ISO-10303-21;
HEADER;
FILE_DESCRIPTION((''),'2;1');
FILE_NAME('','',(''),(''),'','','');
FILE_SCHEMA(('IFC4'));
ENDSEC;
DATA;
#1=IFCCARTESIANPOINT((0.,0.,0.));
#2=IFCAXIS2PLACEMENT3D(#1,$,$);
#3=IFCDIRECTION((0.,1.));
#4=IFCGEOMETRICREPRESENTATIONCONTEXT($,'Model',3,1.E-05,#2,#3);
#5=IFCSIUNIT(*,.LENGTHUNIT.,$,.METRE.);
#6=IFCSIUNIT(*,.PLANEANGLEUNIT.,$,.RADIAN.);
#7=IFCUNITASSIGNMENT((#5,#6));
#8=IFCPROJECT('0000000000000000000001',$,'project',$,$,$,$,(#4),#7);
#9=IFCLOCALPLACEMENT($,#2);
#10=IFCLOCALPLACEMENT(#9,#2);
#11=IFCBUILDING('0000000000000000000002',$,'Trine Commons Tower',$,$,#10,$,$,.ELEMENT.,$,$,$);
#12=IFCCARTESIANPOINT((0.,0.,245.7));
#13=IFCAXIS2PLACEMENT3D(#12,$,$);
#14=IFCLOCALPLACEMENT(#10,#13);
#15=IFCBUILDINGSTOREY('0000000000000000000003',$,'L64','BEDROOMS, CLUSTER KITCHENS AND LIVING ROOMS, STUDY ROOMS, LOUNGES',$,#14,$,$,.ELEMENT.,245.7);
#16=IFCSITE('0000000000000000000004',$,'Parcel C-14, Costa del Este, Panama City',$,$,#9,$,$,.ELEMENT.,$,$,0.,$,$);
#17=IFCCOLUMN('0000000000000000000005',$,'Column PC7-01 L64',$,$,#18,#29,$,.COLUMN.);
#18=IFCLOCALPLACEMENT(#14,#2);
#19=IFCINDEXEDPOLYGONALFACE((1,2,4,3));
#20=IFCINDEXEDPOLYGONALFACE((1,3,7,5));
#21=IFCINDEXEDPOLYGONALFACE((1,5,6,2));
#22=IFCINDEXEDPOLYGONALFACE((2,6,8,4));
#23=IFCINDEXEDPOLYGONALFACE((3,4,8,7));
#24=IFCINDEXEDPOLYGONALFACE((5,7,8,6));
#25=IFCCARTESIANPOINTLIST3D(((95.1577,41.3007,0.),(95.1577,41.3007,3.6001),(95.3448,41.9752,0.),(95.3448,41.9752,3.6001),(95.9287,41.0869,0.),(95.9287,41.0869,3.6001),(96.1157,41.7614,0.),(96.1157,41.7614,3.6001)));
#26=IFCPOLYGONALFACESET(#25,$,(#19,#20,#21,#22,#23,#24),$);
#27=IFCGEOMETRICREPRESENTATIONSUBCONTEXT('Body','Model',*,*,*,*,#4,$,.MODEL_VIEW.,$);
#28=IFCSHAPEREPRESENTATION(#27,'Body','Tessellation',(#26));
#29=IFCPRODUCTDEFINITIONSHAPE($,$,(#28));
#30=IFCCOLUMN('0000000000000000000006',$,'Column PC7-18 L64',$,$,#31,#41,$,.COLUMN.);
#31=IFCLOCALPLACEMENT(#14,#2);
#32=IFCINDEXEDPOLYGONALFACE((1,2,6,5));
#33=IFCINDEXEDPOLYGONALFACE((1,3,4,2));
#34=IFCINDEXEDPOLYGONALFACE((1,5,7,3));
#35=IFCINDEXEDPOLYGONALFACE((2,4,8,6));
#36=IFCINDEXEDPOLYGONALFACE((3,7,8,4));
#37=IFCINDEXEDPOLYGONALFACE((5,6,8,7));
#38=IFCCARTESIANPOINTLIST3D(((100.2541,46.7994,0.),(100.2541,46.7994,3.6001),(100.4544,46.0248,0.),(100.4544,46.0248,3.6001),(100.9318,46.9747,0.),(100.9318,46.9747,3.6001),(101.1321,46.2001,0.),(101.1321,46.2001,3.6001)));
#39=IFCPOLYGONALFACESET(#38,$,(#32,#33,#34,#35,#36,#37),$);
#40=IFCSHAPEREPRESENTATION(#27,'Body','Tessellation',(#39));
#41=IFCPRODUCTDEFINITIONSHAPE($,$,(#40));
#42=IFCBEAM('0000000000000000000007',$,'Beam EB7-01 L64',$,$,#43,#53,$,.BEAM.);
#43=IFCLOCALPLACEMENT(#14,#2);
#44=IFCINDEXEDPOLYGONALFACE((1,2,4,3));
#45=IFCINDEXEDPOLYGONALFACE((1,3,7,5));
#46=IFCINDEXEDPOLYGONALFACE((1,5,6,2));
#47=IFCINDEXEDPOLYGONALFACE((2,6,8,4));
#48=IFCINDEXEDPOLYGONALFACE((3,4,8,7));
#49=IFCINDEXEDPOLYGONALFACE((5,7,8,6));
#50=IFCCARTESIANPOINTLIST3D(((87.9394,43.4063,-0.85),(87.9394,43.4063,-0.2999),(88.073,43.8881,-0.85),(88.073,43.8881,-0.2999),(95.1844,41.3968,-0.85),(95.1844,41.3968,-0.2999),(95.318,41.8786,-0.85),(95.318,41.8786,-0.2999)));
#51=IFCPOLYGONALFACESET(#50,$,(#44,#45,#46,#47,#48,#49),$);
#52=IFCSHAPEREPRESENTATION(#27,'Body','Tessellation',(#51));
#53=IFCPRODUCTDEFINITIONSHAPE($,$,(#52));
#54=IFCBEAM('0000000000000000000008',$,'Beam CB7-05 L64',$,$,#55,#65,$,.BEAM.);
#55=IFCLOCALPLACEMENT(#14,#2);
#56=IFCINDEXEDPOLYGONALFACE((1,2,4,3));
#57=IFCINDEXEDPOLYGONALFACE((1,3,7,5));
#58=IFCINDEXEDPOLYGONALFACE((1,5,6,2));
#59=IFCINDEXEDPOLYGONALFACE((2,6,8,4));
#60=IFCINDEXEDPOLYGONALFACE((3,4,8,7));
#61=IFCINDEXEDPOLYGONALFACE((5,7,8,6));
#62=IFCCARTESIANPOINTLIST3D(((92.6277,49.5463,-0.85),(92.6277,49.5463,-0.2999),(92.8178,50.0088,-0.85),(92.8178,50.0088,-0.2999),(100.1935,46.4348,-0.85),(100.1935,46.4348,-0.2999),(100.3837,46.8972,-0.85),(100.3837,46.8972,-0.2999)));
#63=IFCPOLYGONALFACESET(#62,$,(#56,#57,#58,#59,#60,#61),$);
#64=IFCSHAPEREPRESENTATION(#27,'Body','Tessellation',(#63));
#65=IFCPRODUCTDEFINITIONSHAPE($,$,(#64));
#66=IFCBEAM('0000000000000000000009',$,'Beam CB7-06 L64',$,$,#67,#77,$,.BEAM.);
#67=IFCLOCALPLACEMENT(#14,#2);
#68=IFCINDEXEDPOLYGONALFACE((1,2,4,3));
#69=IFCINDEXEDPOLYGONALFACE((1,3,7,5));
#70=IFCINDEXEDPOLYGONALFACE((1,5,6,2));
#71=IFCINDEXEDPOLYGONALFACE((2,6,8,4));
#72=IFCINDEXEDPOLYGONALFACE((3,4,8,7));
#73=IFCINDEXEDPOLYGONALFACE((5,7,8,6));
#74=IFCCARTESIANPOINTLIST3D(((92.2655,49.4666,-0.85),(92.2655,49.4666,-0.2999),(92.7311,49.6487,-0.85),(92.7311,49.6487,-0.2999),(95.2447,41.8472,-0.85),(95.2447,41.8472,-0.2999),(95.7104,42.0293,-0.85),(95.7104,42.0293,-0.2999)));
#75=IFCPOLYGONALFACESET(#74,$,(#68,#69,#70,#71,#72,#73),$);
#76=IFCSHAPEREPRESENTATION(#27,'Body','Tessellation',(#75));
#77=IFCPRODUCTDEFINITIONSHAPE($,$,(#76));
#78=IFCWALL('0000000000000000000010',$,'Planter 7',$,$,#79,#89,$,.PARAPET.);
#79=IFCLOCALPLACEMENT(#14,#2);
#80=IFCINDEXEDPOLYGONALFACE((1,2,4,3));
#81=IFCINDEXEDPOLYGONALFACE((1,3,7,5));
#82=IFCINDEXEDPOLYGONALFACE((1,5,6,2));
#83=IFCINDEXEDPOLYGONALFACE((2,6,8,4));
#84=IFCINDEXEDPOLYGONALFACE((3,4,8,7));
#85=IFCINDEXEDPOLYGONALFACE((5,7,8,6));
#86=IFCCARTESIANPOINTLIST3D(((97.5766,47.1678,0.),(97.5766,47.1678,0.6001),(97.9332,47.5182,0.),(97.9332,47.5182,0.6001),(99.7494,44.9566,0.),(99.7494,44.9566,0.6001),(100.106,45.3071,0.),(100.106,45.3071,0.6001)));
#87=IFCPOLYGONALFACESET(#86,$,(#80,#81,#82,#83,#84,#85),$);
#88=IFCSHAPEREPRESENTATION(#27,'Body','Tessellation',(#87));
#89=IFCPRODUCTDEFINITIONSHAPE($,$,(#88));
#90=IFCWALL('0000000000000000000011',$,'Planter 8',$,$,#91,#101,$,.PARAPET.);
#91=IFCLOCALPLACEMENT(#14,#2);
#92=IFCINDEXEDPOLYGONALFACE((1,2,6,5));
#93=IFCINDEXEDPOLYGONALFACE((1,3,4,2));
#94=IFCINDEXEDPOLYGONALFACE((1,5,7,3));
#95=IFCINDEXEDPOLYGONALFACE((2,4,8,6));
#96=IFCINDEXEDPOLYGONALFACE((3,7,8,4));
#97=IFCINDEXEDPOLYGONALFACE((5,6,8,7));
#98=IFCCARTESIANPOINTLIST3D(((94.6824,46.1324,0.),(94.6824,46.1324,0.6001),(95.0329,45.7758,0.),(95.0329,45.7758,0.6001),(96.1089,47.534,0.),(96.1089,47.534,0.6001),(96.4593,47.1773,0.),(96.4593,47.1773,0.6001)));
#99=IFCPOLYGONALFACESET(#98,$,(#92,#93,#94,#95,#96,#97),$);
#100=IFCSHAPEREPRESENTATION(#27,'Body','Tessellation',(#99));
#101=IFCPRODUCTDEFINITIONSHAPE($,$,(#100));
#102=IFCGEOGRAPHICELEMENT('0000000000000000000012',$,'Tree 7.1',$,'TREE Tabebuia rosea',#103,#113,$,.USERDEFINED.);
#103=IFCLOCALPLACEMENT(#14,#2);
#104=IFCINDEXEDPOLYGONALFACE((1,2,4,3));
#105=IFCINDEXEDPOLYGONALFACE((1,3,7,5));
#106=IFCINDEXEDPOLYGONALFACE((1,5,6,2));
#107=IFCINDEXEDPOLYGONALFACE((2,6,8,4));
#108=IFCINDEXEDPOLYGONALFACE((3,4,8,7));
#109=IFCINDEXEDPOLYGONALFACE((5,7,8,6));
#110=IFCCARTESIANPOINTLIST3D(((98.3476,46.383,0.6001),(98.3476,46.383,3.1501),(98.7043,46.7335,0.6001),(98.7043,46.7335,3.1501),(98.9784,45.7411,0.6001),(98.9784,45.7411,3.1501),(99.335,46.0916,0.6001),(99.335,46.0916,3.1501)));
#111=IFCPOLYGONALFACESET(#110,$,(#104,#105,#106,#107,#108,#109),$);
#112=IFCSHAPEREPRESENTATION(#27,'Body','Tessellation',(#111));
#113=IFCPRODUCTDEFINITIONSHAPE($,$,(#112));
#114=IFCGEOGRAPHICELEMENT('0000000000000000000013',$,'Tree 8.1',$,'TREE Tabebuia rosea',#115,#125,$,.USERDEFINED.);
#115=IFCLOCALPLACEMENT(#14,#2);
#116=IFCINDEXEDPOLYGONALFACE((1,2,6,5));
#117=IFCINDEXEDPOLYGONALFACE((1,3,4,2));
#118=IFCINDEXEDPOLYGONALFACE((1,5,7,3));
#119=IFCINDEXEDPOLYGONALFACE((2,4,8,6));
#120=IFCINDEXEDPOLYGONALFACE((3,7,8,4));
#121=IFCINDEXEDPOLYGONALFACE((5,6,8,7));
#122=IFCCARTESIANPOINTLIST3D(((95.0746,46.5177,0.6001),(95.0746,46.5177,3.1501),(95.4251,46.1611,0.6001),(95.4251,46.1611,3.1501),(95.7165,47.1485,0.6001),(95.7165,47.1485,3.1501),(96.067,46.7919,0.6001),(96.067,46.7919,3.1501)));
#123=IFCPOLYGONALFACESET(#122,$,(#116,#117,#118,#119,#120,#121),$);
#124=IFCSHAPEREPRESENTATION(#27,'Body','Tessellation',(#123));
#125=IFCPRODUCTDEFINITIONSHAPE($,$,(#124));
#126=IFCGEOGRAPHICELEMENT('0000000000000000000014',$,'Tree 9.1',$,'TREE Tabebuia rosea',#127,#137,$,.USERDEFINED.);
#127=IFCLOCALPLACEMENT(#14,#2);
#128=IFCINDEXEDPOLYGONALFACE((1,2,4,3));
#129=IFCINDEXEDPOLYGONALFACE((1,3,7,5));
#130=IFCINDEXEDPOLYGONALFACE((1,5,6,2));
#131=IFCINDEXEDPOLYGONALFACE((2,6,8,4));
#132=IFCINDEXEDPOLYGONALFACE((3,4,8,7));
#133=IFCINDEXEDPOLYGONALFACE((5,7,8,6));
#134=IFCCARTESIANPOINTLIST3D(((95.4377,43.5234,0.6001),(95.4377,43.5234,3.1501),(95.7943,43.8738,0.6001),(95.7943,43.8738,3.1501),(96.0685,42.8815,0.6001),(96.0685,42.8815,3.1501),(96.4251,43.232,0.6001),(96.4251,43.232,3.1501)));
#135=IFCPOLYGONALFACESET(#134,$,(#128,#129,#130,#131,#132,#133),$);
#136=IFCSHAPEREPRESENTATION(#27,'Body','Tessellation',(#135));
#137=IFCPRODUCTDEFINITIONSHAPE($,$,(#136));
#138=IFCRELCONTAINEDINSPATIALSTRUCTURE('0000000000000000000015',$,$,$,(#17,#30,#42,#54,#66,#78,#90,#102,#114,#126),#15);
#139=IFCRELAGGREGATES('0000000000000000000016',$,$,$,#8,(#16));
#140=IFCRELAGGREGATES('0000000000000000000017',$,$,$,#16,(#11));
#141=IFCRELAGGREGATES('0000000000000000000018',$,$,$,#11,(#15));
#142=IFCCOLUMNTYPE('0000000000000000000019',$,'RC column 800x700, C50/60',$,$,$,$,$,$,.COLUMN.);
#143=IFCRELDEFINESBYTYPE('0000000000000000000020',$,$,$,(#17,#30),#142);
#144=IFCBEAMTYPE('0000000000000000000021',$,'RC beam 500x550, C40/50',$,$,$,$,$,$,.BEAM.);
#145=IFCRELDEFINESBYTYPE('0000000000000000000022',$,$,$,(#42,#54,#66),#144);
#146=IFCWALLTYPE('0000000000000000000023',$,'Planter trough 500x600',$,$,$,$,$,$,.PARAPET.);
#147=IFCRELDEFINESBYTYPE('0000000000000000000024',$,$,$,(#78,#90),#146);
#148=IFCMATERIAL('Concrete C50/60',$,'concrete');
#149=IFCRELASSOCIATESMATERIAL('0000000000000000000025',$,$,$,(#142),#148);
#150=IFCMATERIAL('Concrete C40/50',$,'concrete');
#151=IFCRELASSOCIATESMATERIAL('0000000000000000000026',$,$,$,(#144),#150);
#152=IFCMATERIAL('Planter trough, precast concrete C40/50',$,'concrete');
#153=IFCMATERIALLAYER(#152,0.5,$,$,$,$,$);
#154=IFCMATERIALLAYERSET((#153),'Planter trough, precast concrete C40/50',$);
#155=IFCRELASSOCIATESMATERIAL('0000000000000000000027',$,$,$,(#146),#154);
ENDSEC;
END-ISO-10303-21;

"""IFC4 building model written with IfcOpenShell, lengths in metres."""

from ifc_helpers import new_model, si_unit, direction, frame, frame_2d, origin, origin_2d, place, context, subcontext, project, spatial, rectangle, extrude, material, layer, layer_set, material_profile, profile_set, type_object, element, save


model = new_model("IFC4")

# Units and contexts
model_context = context("Model", 3, precision=1e-05, world=origin(), true_north=direction((0.0, 1.0)))
body_context = subcontext(model_context, "Body", "Model", "MODEL_VIEW")
ifc_project = project(units=[si_unit("LENGTHUNIT", "METRE"), si_unit("PLANEANGLEUNIT", "RADIAN")], contexts=[model_context])

# Site, building, storey
site_placement = place(None, origin())
site = spatial("IfcSite", under=ifc_project, at=site_placement, Name="Parcel C-14, Costa del Este, Panama City", CompositionType="ELEMENT", RefElevation=0.0)
building_placement = place(site_placement, origin())
building = spatial("IfcBuilding", under=site, at=building_placement, Name="Trine Commons Tower", CompositionType="ELEMENT")
storey_placement = place(building_placement, frame((0.0, 0.0, 245.7)))
storey = spatial("IfcBuildingStorey", under=building, at=storey_placement, Name="L64", Description="BEDROOMS, CLUSTER KITCHENS AND LIVING ROOMS, STUDY ROOMS, LOUNGES", CompositionType="ELEMENT", Elevation=245.7)

# Columns
ifc_material_1 = material(Name="Concrete C50/60", Category="concrete")
ifc_material_profile_1 = material_profile(ifc_material_1, rectangle(XDim=0.8, YDim=0.7, at=origin_2d()), Name="RC 800x700")
ifc_profile_set_1 = profile_set([ifc_material_profile_1], Name="Concrete C50/60")
column_type = type_object("IfcColumnType", Name="RC column 800x700, C50/60", PredefinedType="COLUMN", material=ifc_profile_set_1)
for number, where, z_axis, x_axis, name in (
    (1, (95.6367, 41.531, 0.0), (0.0, 0.0, 1.0), (-0.96363, 0.267238, 0.0), "Column PC7-01 L64"),
    (2, (100.6931, 46.4998, 0.0), (0.0, 0.0, 1.0), (-0.25038, 0.968148, 0.0), "Column PC7-18 L64"),
):
    element("IfcColumn", number, at=place(storey_placement, frame(where, z_axis=z_axis, x_axis=x_axis)), inside=storey, type_object=column_type, Name=name, PredefinedType="COLUMN", context=body_context, shape_type="SweptSolid", body=[
        extrude(rectangle(XDim=0.8, YDim=0.7, at=origin_2d()), origin(), (0.0, 0.0, 1.0), 3.6001),
    ])

# Beams
ifc_material_2 = material(Name="Concrete C40/50", Category="concrete")
ifc_material_profile_2 = material_profile(ifc_material_2, rectangle(XDim=0.5, YDim=0.55, at=origin_2d()), Name="RC 500x550")
ifc_profile_set_2 = profile_set([ifc_material_profile_2], Name="Concrete C40/50")
beam_type = type_object("IfcBeamType", Name="RC beam 500x550, C40/50", PredefinedType="BEAM", material=ifc_profile_set_2)
beam_1_placement = place(storey_placement, frame((95.2512, 41.6377, -0.575), z_axis=(-0.963621, 0.267272, 0.0), x_axis=(-0.267272, -0.963621, 0.0)))
element("IfcBeam", 3, at=beam_1_placement, inside=storey, type_object=beam_type, Name="Beam EB7-01 L64", PredefinedType="BEAM", context=body_context, shape_type="SweptSolid", body=[
    extrude(rectangle(XDim=0.5, YDim=0.55, at=origin_2d()), origin(), (0.0, 0.0, 1.0), 7.5186),
])
beam_2_placement = place(storey_placement, frame((100.2886, 46.666, -0.575), z_axis=(-0.924842, 0.380352, 0.0), x_axis=(-0.380352, -0.924842, 0.0)))
element("IfcBeam", 4, at=beam_2_placement, inside=storey, type_object=beam_type, Name="Beam CB7-05 L64", PredefinedType="BEAM", context=body_context, shape_type="SweptSolid", body=[
    extrude(rectangle(XDim=0.5, YDim=0.55, at=origin_2d()), origin(), (0.0, 0.0, 1.0), 8.1807),
])
beam_3_placement = place(storey_placement, frame((95.4775, 41.9382, -0.575), z_axis=(-0.364161, 0.931336, 0.0), x_axis=(-0.931336, -0.364161, 0.0)))
element("IfcBeam", 5, at=beam_3_placement, inside=storey, type_object=beam_type, Name="Beam CB7-06 L64", PredefinedType="BEAM", context=body_context, shape_type="SweptSolid", body=[
    extrude(rectangle(XDim=0.5, YDim=0.55, at=origin_2d()), origin(), (0.0, 0.0, 1.0), 8.1812),
])

# Walls
ifc_material_3 = material(Name="Planter trough, precast concrete C40/50", Category="concrete")
ifc_layer = layer(ifc_material_3, 0.5)
ifc_layer_set = layer_set([ifc_layer], Name="Planter trough, precast concrete C40/50")
wall_type = type_object("IfcWallType", Name="Planter trough 500x600", PredefinedType="PARAPET", material=ifc_layer_set)
wall_1_placement = place(storey_placement, frame((99.9277, 45.1318, 0.0), z_axis=(0.0, 0.0, 1.0), x_axis=(-0.700898, 0.713262, 0.0)))
element("IfcWall", 6, at=wall_1_placement, inside=storey, type_object=wall_type, Name="Planter 7", PredefinedType="PARAPET", context=body_context, shape_type="SweptSolid", body=[
    extrude(rectangle(XDim=3.1001, YDim=0.5, at=frame_2d((1.55, 0.0))), origin(), (0.0, 0.0, 1.0), 0.6001),
])
wall_2_placement = place(storey_placement, frame((96.2842, 47.3557, 0.0), z_axis=(0.0, 0.0, 1.0), x_axis=(-0.713305, -0.700853, 0.0)))
element("IfcWall", 7, at=wall_2_placement, inside=storey, type_object=wall_type, Name="Planter 8", PredefinedType="PARAPET", context=body_context, shape_type="SweptSolid", body=[
    extrude(rectangle(XDim=1.9998, YDim=0.5, at=frame_2d((1.0, 0.0))), origin(), (0.0, 0.0, 1.0), 0.6001),
])

# Geographic elements
for number, where, z_axis, x_axis, name in (
    (8, (98.8413, 46.2373, 0.6001), (0.0, 0.0, 1.0), (-0.700898, 0.713261, 0.0), "Tree 7.1"),
    (9, (95.5708, 46.6548, 0.6001), (0.0, 0.0, 1.0), (-0.713239, -0.70092, 0.0), "Tree 8.1"),
    (10, (95.9314, 43.3777, 0.6001), (0.0, 0.0, 1.0), (0.700898, -0.713261, 0.0), "Tree 9.1"),
):
    element("IfcGeographicElement", number, at=place(storey_placement, frame(where, z_axis=z_axis, x_axis=x_axis)), inside=storey, Name=name, ObjectType="TREE Tabebuia rosea", PredefinedType="USERDEFINED", context=body_context, shape_type="SweptSolid", body=[
        extrude(rectangle(XDim=0.8999, YDim=0.5, at=origin_2d()), origin(), (0.0, 0.0, 1.0), 2.55),
    ])

save(model, "model.ifc")
